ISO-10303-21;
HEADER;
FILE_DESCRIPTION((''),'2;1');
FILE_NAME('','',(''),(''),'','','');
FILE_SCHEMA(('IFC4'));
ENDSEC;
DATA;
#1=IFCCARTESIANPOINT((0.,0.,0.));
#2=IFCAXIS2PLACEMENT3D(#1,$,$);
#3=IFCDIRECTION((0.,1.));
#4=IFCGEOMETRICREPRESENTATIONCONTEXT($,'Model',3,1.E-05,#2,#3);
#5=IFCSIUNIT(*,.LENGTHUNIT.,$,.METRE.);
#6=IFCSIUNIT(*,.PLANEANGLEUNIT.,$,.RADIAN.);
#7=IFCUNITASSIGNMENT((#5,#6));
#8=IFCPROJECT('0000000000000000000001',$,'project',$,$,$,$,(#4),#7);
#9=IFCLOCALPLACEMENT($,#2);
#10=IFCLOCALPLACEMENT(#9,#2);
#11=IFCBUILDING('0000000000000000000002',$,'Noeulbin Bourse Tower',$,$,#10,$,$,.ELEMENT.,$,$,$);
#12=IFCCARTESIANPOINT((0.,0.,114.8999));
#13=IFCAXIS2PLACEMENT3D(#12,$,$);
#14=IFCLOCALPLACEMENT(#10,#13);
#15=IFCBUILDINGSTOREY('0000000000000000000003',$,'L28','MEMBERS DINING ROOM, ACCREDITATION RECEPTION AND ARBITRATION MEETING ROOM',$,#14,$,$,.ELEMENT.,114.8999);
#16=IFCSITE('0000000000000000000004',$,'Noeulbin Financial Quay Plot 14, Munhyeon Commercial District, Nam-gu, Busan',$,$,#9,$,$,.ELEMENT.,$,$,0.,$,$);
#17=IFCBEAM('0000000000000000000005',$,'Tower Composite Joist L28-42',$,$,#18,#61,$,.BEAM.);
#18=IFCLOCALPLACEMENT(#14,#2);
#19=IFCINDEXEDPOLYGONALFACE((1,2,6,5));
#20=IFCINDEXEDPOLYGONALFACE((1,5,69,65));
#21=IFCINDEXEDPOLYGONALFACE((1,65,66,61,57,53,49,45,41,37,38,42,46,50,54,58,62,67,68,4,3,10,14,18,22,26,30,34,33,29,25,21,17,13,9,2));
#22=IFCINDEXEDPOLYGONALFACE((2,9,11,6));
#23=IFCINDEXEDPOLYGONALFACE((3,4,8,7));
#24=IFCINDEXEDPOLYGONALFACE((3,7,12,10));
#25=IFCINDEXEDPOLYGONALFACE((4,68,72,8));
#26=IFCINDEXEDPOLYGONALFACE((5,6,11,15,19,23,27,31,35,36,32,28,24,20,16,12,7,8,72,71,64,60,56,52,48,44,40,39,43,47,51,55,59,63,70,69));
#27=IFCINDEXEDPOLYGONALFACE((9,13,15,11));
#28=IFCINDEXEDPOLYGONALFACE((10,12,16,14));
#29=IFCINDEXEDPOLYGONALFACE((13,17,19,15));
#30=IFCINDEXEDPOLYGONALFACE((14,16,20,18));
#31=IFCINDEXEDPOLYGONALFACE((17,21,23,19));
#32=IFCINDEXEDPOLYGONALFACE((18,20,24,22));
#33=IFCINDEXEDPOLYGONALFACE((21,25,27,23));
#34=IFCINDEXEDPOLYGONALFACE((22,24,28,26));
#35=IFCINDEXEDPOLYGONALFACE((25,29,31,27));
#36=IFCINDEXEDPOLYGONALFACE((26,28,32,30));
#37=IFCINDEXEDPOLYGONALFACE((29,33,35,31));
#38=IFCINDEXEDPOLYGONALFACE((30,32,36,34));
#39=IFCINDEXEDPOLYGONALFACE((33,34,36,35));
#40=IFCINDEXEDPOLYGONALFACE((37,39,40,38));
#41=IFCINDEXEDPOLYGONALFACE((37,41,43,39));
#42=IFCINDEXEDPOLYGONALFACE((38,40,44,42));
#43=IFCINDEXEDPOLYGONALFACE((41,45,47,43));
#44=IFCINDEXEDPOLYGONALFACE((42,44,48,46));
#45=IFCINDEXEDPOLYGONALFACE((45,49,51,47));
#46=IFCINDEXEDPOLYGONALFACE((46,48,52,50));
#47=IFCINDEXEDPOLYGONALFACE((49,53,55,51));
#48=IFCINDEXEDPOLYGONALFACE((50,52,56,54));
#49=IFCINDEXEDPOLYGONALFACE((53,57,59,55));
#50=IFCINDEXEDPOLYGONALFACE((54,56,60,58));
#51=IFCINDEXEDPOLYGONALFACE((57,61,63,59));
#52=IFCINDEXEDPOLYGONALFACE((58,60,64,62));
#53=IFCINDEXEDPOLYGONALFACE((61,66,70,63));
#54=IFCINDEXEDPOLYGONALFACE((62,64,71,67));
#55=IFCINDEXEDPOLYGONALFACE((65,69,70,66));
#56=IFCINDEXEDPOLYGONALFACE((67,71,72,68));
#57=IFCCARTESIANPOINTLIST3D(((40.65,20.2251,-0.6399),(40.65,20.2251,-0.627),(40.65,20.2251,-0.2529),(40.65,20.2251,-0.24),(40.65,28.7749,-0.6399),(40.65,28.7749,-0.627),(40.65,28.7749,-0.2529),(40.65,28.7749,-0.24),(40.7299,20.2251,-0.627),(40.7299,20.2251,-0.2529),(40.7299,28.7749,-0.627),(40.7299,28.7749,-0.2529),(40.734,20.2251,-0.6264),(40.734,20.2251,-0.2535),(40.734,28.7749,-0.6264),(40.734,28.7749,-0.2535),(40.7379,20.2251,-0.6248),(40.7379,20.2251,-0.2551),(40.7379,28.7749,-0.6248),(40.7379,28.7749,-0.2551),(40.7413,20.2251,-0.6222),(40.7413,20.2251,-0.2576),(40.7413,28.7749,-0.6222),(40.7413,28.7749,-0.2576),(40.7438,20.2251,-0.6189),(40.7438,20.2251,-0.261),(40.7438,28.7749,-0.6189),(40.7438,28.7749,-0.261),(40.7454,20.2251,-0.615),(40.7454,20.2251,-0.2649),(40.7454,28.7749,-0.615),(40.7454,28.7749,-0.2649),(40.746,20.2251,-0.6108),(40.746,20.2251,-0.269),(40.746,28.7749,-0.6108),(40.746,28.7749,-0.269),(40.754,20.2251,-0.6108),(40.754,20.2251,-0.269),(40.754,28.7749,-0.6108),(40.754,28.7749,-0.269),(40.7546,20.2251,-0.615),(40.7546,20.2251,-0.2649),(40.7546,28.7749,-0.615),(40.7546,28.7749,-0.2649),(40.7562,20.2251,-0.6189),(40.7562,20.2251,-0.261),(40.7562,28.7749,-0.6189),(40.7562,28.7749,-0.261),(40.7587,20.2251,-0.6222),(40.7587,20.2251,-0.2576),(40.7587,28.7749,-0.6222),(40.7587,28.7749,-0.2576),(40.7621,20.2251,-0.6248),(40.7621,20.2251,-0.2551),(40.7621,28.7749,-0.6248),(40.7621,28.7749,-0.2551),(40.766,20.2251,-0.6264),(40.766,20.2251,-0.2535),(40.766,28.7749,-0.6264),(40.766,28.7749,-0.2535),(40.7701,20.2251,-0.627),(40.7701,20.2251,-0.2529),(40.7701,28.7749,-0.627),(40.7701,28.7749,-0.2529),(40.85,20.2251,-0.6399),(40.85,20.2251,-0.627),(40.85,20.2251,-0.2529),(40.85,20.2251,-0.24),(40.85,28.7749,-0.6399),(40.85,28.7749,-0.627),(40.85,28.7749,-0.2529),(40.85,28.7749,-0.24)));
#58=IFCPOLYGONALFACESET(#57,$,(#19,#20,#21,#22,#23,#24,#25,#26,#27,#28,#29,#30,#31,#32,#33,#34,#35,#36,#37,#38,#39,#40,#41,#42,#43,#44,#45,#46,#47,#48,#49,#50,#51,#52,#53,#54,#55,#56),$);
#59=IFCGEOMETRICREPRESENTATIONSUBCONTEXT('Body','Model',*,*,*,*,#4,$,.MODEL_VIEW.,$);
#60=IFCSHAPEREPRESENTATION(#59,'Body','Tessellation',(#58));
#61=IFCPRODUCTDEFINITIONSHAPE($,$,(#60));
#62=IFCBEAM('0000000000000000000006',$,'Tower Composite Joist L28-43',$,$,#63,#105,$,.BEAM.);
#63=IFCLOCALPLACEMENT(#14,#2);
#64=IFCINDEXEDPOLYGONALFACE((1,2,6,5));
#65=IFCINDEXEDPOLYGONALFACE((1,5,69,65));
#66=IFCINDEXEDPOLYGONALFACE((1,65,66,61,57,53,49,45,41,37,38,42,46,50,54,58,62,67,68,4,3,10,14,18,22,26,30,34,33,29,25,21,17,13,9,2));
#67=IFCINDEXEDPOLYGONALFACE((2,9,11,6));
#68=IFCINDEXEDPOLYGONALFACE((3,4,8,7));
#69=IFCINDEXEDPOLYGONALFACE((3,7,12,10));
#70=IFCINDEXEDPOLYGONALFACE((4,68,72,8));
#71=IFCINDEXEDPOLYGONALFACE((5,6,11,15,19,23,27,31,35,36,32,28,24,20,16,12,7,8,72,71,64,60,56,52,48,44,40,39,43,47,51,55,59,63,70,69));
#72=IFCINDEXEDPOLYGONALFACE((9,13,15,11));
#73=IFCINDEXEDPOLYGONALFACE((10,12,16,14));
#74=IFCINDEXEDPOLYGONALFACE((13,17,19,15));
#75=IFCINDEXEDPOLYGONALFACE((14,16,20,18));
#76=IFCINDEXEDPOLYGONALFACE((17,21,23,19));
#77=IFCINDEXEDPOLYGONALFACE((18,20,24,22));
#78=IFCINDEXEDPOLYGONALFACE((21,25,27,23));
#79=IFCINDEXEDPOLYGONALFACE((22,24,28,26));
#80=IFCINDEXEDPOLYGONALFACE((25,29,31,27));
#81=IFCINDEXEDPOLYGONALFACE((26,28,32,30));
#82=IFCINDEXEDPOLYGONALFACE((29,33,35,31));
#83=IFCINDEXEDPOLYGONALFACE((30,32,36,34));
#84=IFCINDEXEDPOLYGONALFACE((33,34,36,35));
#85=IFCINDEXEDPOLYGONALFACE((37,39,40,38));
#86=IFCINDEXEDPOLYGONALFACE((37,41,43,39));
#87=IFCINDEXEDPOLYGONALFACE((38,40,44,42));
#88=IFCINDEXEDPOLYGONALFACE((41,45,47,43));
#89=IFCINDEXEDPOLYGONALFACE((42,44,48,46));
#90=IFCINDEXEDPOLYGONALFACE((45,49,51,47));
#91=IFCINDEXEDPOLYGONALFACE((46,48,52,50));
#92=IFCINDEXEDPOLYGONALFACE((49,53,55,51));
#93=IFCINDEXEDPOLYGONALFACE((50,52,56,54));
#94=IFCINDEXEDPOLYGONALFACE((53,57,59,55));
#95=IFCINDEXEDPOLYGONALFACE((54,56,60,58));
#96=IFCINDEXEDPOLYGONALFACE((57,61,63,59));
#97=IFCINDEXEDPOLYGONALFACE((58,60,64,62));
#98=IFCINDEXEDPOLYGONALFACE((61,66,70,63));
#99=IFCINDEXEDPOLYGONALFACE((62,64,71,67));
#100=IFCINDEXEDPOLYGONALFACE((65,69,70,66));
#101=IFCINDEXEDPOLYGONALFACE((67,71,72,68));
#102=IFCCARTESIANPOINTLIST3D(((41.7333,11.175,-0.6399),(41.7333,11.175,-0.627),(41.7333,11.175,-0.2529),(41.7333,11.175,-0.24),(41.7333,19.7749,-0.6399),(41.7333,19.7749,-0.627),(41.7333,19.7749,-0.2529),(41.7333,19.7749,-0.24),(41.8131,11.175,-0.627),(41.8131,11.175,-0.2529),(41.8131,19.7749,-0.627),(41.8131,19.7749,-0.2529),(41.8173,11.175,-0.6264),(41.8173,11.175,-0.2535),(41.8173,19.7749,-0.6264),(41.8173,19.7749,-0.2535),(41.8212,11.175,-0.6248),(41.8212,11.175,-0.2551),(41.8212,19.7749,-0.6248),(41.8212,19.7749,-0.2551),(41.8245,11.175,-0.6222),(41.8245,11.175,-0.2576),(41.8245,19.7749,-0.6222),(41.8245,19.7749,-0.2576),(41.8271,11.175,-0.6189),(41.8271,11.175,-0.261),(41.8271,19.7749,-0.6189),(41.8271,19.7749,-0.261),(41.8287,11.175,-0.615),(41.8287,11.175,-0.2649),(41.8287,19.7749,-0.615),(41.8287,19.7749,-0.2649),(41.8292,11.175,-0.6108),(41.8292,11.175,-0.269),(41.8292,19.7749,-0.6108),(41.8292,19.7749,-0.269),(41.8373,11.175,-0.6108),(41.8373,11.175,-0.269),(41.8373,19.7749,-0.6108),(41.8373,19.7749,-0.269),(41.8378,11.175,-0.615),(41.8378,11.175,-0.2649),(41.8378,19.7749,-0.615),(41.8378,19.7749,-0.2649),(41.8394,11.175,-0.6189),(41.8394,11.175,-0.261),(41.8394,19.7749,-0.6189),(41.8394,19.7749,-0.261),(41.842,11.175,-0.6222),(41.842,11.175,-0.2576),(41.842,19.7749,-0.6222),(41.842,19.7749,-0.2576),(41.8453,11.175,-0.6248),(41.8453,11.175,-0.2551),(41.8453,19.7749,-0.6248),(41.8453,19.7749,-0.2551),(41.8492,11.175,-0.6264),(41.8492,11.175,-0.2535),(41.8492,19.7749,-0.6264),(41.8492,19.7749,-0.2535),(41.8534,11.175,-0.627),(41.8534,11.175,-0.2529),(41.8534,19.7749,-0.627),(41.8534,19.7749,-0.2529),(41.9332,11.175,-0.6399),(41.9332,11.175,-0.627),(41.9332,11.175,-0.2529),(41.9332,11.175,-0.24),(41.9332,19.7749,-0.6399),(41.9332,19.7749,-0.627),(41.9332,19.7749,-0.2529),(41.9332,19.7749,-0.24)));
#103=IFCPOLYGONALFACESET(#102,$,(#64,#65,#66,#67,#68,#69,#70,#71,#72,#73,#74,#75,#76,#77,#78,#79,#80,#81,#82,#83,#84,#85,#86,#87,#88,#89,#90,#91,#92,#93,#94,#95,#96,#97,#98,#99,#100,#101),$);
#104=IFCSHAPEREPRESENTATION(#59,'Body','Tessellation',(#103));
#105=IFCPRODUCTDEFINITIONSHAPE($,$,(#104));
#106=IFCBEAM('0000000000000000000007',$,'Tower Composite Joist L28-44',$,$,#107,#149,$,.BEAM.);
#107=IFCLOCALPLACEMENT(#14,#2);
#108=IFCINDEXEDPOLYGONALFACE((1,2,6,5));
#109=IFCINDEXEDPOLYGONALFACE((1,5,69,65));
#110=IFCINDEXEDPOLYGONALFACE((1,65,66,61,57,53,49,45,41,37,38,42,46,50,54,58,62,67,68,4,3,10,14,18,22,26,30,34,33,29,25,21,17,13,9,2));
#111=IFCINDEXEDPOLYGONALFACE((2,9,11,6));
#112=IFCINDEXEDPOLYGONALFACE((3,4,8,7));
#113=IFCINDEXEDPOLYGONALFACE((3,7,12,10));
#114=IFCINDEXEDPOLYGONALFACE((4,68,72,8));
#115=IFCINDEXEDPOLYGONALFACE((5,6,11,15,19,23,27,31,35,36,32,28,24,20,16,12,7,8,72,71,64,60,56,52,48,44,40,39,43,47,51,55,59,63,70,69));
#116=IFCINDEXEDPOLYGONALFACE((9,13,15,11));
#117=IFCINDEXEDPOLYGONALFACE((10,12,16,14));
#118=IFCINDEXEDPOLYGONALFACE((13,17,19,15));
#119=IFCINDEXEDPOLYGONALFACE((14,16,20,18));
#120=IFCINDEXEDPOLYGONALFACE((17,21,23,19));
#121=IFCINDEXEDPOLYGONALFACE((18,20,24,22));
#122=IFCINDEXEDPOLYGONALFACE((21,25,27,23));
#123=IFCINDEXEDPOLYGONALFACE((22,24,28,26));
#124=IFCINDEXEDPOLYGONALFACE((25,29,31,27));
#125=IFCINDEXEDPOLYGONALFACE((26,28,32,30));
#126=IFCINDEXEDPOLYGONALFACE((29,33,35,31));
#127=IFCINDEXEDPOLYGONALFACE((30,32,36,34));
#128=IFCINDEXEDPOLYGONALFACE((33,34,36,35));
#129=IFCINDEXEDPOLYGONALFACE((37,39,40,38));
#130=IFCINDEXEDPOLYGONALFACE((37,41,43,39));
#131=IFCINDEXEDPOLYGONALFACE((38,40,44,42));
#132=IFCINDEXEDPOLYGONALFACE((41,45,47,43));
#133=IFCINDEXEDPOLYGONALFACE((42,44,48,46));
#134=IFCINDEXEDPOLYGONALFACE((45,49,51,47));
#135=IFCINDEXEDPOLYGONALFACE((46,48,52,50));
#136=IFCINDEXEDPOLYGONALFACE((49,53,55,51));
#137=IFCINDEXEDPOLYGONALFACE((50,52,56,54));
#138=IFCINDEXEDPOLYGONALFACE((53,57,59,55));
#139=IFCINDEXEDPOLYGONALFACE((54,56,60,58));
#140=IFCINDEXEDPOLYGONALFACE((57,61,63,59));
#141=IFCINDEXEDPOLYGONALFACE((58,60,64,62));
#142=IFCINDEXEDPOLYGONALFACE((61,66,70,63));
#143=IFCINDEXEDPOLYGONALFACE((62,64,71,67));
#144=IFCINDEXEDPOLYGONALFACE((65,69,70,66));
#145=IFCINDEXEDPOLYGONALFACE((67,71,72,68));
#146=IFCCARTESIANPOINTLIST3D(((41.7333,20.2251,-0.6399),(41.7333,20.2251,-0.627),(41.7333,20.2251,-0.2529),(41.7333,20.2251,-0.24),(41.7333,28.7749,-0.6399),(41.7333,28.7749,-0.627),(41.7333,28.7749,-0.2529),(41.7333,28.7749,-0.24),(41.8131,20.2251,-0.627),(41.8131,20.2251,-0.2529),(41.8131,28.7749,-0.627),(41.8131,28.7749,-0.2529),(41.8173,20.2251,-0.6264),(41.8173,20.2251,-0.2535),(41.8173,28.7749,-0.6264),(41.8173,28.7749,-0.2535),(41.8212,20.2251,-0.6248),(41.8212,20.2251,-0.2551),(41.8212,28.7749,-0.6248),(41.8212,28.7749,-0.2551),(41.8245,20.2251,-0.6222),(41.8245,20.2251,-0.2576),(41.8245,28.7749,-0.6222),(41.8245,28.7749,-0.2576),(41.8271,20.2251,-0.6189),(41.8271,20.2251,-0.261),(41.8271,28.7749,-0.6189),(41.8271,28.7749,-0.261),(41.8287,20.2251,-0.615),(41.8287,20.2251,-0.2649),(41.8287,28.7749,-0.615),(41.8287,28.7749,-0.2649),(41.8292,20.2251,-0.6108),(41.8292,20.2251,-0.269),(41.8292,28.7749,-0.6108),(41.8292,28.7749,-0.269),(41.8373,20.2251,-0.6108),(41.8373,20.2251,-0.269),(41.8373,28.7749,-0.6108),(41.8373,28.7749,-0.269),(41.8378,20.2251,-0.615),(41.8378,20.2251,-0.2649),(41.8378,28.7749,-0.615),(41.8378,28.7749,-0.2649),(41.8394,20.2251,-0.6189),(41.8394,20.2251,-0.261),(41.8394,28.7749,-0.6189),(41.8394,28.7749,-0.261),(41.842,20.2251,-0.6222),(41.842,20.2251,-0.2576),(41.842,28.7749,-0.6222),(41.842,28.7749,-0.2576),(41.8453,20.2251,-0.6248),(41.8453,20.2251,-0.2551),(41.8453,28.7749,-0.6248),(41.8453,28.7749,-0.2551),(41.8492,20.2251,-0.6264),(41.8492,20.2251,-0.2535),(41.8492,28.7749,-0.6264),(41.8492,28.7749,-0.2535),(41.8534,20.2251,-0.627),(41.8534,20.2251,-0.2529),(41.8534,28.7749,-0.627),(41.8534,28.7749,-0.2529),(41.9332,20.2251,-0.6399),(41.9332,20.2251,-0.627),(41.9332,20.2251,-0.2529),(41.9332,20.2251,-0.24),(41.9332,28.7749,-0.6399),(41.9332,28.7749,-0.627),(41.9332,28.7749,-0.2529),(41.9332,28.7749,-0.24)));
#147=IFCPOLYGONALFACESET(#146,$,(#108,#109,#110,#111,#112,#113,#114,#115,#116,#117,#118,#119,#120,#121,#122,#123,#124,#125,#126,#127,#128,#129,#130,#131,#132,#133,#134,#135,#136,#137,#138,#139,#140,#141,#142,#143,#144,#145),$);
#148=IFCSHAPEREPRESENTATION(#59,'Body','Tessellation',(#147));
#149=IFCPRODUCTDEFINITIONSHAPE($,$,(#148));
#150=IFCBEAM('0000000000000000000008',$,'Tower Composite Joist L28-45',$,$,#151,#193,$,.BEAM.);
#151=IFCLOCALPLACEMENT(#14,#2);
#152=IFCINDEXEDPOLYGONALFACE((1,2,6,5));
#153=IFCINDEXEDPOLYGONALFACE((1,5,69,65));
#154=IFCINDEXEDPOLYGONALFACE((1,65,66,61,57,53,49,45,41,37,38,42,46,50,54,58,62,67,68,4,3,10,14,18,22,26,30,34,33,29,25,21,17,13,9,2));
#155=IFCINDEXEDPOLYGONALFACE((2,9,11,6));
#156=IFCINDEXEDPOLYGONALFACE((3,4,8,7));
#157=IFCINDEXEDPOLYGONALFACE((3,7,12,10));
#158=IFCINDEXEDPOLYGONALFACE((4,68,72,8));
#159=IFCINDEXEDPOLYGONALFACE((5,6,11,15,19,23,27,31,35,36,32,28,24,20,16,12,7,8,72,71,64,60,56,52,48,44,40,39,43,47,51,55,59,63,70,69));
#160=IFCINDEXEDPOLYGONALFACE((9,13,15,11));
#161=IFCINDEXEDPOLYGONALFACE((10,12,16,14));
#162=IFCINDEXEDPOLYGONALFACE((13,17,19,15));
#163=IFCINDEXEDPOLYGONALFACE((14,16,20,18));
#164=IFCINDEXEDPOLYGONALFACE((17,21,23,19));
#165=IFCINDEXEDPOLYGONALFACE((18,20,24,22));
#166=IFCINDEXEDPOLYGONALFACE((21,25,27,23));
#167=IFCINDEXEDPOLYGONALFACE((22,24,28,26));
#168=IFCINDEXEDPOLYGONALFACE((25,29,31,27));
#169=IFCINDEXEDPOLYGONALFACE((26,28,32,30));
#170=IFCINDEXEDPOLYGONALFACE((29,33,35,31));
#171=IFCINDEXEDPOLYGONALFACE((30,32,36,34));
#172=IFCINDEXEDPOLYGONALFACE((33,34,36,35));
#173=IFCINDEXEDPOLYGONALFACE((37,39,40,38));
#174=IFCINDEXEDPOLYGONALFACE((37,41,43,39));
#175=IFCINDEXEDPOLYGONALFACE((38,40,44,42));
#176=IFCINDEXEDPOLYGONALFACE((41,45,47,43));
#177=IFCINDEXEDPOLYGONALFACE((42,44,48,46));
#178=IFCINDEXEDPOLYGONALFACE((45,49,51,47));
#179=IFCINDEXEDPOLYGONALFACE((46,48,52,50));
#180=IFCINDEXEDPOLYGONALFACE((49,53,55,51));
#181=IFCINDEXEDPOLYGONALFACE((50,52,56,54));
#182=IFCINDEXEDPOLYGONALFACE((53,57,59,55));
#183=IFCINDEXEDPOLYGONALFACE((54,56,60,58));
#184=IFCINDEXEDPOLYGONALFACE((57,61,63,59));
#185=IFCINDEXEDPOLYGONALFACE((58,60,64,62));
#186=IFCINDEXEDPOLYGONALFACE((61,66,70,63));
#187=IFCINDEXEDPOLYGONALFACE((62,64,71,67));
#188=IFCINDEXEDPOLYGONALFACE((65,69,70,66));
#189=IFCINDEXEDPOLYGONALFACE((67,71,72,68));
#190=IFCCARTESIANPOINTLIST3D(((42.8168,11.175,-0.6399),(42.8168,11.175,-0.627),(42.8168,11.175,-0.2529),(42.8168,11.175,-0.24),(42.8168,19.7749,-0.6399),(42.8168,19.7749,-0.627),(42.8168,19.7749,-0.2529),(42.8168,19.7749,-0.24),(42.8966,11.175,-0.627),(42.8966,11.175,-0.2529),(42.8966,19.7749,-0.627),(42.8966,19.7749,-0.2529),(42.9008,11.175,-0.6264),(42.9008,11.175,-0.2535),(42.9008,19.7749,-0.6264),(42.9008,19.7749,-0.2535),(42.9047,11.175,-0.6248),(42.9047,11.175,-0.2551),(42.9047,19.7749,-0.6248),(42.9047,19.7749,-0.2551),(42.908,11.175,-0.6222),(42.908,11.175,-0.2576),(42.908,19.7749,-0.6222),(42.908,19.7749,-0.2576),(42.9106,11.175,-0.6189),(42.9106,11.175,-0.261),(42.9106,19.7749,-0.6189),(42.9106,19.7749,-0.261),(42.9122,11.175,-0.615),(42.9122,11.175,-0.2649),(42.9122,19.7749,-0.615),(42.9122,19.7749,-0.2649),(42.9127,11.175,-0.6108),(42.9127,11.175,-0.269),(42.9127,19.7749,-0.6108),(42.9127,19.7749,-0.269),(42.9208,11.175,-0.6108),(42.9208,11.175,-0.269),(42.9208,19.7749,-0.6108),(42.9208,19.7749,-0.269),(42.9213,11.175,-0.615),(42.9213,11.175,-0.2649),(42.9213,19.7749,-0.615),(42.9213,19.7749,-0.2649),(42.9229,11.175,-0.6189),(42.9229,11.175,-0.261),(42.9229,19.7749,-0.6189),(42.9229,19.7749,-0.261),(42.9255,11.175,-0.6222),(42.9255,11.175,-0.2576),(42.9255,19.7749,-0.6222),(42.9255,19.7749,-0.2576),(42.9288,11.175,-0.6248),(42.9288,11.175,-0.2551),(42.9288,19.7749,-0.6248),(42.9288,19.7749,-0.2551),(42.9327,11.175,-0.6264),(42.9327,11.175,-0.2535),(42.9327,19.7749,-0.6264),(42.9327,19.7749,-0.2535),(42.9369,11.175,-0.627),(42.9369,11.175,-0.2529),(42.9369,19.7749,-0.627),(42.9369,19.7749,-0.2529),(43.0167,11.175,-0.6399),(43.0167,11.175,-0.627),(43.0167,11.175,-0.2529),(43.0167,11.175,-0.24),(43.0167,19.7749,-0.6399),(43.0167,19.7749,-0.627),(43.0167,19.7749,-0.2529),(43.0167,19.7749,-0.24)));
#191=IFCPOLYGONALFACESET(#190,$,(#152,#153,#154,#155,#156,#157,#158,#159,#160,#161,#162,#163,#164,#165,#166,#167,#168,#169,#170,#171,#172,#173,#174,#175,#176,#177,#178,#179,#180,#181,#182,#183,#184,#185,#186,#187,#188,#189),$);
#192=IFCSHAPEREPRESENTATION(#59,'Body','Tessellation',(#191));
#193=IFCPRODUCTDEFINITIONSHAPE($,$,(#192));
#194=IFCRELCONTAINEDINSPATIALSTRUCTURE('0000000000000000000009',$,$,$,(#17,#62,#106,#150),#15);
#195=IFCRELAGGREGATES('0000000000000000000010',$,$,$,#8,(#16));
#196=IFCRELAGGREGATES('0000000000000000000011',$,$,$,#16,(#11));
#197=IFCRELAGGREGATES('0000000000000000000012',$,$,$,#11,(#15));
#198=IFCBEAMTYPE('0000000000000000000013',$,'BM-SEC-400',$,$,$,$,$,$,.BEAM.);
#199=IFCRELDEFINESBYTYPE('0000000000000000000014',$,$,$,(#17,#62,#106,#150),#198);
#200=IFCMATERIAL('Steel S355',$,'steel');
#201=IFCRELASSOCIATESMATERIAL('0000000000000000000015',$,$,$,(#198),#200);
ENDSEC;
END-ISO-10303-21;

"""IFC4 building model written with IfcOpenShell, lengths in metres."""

from ifc_helpers import new_model, si_unit, direction, frame, origin, origin_2d, place, context, subcontext, project, spatial, i_section, extrude, material, material_profile, profile_set, type_object, element, save


model = new_model("IFC4")

# Units and contexts
model_context = context("Model", 3, precision=1e-05, world=origin(), true_north=direction((0.0, 1.0)))
body_context = subcontext(model_context, "Body", "Model", "MODEL_VIEW")
ifc_project = project(units=[si_unit("LENGTHUNIT", "METRE"), si_unit("PLANEANGLEUNIT", "RADIAN")], contexts=[model_context])

# Site, building, storey
site_placement = place(None, origin())
site = spatial("IfcSite", under=ifc_project, at=site_placement, Name="Noeulbin Financial Quay Plot 14, Munhyeon Commercial District, Nam-gu, Busan", CompositionType="ELEMENT", RefElevation=0.0)
building_placement = place(site_placement, origin())
building = spatial("IfcBuilding", under=site, at=building_placement, Name="Noeulbin Bourse Tower", CompositionType="ELEMENT")
storey_placement = place(building_placement, frame((0.0, 0.0, 114.8999)))
storey = spatial("IfcBuildingStorey", under=building, at=storey_placement, Name="L28", Description="MEMBERS DINING ROOM, ACCREDITATION RECEPTION AND ARBITRATION MEETING ROOM", CompositionType="ELEMENT", Elevation=114.8999)

# Shared definitions
ifc_material_1 = material(Name="Steel S355", Category="steel")

# Beams
ifc_material_profile_1 = material_profile(ifc_material_1, i_section(OverallWidth=0.2, OverallDepth=0.3999, WebThickness=0.0081, FlangeThickness=0.0129, FilletRadius=0.0161, at=origin_2d()), Name="H-400x200x8x13", Category="LoadBearing")
ifc_profile_set_1 = profile_set([ifc_material_profile_1], Name="Steel S355")
beam_type_1 = type_object("IfcBeamType", Name="BM-SEC-400", PredefinedType="BEAM", material=ifc_profile_set_1)
beam_1_placement = place(storey_placement, frame((40.75, 20.2251, -0.4399), z_axis=(0.0, 1.0, 0.0), x_axis=(-1.0, 0.0, 0.0)))
element("IfcBeam", 1, at=beam_1_placement, inside=storey, type_object=beam_type_1, Name="Tower Composite Joist L28-42", PredefinedType="BEAM", context=body_context, shape_type="SweptSolid", body=[
    extrude(i_section(OverallWidth=0.2, OverallDepth=0.3999, WebThickness=0.0081, FlangeThickness=0.0129, FilletRadius=0.0161, at=origin_2d()), origin(), (0.0, 0.0, 1.0), 8.5498),
])
beam_2_placement = place(storey_placement, frame((41.8333, 11.175, -0.4399), z_axis=(0.0, 1.0, 0.0), x_axis=(-1.0, 0.0, 0.0)))
element("IfcBeam", 2, at=beam_2_placement, inside=storey, type_object=beam_type_1, Name="Tower Composite Joist L28-43", PredefinedType="BEAM", context=body_context, shape_type="SweptSolid", body=[
    extrude(i_section(OverallWidth=0.2, OverallDepth=0.3999, WebThickness=0.0081, FlangeThickness=0.0129, FilletRadius=0.0161, at=origin_2d()), origin(), (0.0, 0.0, 1.0), 8.5999),
])
beam_3_placement = place(storey_placement, frame((41.8333, 20.2251, -0.4399), z_axis=(0.0, 1.0, 0.0), x_axis=(-1.0, 0.0, 0.0)))
element("IfcBeam", 3, at=beam_3_placement, inside=storey, type_object=beam_type_1, Name="Tower Composite Joist L28-44", PredefinedType="BEAM", context=body_context, shape_type="SweptSolid", body=[
    extrude(i_section(OverallWidth=0.2, OverallDepth=0.3999, WebThickness=0.0081, FlangeThickness=0.0129, FilletRadius=0.0161, at=origin_2d()), origin(), (0.0, 0.0, 1.0), 8.5498),
])
beam_4_placement = place(storey_placement, frame((42.9167, 11.175, -0.4399), z_axis=(0.0, 1.0, 0.0), x_axis=(-1.0, 0.0, 0.0)))
element("IfcBeam", 4, at=beam_4_placement, inside=storey, type_object=beam_type_1, Name="Tower Composite Joist L28-45", PredefinedType="BEAM", context=body_context, shape_type="SweptSolid", body=[
    extrude(i_section(OverallWidth=0.2, OverallDepth=0.3999, WebThickness=0.0081, FlangeThickness=0.0129, FilletRadius=0.0161, at=origin_2d()), origin(), (0.0, 0.0, 1.0), 8.5999),
])

save(model, "model.ifc")
